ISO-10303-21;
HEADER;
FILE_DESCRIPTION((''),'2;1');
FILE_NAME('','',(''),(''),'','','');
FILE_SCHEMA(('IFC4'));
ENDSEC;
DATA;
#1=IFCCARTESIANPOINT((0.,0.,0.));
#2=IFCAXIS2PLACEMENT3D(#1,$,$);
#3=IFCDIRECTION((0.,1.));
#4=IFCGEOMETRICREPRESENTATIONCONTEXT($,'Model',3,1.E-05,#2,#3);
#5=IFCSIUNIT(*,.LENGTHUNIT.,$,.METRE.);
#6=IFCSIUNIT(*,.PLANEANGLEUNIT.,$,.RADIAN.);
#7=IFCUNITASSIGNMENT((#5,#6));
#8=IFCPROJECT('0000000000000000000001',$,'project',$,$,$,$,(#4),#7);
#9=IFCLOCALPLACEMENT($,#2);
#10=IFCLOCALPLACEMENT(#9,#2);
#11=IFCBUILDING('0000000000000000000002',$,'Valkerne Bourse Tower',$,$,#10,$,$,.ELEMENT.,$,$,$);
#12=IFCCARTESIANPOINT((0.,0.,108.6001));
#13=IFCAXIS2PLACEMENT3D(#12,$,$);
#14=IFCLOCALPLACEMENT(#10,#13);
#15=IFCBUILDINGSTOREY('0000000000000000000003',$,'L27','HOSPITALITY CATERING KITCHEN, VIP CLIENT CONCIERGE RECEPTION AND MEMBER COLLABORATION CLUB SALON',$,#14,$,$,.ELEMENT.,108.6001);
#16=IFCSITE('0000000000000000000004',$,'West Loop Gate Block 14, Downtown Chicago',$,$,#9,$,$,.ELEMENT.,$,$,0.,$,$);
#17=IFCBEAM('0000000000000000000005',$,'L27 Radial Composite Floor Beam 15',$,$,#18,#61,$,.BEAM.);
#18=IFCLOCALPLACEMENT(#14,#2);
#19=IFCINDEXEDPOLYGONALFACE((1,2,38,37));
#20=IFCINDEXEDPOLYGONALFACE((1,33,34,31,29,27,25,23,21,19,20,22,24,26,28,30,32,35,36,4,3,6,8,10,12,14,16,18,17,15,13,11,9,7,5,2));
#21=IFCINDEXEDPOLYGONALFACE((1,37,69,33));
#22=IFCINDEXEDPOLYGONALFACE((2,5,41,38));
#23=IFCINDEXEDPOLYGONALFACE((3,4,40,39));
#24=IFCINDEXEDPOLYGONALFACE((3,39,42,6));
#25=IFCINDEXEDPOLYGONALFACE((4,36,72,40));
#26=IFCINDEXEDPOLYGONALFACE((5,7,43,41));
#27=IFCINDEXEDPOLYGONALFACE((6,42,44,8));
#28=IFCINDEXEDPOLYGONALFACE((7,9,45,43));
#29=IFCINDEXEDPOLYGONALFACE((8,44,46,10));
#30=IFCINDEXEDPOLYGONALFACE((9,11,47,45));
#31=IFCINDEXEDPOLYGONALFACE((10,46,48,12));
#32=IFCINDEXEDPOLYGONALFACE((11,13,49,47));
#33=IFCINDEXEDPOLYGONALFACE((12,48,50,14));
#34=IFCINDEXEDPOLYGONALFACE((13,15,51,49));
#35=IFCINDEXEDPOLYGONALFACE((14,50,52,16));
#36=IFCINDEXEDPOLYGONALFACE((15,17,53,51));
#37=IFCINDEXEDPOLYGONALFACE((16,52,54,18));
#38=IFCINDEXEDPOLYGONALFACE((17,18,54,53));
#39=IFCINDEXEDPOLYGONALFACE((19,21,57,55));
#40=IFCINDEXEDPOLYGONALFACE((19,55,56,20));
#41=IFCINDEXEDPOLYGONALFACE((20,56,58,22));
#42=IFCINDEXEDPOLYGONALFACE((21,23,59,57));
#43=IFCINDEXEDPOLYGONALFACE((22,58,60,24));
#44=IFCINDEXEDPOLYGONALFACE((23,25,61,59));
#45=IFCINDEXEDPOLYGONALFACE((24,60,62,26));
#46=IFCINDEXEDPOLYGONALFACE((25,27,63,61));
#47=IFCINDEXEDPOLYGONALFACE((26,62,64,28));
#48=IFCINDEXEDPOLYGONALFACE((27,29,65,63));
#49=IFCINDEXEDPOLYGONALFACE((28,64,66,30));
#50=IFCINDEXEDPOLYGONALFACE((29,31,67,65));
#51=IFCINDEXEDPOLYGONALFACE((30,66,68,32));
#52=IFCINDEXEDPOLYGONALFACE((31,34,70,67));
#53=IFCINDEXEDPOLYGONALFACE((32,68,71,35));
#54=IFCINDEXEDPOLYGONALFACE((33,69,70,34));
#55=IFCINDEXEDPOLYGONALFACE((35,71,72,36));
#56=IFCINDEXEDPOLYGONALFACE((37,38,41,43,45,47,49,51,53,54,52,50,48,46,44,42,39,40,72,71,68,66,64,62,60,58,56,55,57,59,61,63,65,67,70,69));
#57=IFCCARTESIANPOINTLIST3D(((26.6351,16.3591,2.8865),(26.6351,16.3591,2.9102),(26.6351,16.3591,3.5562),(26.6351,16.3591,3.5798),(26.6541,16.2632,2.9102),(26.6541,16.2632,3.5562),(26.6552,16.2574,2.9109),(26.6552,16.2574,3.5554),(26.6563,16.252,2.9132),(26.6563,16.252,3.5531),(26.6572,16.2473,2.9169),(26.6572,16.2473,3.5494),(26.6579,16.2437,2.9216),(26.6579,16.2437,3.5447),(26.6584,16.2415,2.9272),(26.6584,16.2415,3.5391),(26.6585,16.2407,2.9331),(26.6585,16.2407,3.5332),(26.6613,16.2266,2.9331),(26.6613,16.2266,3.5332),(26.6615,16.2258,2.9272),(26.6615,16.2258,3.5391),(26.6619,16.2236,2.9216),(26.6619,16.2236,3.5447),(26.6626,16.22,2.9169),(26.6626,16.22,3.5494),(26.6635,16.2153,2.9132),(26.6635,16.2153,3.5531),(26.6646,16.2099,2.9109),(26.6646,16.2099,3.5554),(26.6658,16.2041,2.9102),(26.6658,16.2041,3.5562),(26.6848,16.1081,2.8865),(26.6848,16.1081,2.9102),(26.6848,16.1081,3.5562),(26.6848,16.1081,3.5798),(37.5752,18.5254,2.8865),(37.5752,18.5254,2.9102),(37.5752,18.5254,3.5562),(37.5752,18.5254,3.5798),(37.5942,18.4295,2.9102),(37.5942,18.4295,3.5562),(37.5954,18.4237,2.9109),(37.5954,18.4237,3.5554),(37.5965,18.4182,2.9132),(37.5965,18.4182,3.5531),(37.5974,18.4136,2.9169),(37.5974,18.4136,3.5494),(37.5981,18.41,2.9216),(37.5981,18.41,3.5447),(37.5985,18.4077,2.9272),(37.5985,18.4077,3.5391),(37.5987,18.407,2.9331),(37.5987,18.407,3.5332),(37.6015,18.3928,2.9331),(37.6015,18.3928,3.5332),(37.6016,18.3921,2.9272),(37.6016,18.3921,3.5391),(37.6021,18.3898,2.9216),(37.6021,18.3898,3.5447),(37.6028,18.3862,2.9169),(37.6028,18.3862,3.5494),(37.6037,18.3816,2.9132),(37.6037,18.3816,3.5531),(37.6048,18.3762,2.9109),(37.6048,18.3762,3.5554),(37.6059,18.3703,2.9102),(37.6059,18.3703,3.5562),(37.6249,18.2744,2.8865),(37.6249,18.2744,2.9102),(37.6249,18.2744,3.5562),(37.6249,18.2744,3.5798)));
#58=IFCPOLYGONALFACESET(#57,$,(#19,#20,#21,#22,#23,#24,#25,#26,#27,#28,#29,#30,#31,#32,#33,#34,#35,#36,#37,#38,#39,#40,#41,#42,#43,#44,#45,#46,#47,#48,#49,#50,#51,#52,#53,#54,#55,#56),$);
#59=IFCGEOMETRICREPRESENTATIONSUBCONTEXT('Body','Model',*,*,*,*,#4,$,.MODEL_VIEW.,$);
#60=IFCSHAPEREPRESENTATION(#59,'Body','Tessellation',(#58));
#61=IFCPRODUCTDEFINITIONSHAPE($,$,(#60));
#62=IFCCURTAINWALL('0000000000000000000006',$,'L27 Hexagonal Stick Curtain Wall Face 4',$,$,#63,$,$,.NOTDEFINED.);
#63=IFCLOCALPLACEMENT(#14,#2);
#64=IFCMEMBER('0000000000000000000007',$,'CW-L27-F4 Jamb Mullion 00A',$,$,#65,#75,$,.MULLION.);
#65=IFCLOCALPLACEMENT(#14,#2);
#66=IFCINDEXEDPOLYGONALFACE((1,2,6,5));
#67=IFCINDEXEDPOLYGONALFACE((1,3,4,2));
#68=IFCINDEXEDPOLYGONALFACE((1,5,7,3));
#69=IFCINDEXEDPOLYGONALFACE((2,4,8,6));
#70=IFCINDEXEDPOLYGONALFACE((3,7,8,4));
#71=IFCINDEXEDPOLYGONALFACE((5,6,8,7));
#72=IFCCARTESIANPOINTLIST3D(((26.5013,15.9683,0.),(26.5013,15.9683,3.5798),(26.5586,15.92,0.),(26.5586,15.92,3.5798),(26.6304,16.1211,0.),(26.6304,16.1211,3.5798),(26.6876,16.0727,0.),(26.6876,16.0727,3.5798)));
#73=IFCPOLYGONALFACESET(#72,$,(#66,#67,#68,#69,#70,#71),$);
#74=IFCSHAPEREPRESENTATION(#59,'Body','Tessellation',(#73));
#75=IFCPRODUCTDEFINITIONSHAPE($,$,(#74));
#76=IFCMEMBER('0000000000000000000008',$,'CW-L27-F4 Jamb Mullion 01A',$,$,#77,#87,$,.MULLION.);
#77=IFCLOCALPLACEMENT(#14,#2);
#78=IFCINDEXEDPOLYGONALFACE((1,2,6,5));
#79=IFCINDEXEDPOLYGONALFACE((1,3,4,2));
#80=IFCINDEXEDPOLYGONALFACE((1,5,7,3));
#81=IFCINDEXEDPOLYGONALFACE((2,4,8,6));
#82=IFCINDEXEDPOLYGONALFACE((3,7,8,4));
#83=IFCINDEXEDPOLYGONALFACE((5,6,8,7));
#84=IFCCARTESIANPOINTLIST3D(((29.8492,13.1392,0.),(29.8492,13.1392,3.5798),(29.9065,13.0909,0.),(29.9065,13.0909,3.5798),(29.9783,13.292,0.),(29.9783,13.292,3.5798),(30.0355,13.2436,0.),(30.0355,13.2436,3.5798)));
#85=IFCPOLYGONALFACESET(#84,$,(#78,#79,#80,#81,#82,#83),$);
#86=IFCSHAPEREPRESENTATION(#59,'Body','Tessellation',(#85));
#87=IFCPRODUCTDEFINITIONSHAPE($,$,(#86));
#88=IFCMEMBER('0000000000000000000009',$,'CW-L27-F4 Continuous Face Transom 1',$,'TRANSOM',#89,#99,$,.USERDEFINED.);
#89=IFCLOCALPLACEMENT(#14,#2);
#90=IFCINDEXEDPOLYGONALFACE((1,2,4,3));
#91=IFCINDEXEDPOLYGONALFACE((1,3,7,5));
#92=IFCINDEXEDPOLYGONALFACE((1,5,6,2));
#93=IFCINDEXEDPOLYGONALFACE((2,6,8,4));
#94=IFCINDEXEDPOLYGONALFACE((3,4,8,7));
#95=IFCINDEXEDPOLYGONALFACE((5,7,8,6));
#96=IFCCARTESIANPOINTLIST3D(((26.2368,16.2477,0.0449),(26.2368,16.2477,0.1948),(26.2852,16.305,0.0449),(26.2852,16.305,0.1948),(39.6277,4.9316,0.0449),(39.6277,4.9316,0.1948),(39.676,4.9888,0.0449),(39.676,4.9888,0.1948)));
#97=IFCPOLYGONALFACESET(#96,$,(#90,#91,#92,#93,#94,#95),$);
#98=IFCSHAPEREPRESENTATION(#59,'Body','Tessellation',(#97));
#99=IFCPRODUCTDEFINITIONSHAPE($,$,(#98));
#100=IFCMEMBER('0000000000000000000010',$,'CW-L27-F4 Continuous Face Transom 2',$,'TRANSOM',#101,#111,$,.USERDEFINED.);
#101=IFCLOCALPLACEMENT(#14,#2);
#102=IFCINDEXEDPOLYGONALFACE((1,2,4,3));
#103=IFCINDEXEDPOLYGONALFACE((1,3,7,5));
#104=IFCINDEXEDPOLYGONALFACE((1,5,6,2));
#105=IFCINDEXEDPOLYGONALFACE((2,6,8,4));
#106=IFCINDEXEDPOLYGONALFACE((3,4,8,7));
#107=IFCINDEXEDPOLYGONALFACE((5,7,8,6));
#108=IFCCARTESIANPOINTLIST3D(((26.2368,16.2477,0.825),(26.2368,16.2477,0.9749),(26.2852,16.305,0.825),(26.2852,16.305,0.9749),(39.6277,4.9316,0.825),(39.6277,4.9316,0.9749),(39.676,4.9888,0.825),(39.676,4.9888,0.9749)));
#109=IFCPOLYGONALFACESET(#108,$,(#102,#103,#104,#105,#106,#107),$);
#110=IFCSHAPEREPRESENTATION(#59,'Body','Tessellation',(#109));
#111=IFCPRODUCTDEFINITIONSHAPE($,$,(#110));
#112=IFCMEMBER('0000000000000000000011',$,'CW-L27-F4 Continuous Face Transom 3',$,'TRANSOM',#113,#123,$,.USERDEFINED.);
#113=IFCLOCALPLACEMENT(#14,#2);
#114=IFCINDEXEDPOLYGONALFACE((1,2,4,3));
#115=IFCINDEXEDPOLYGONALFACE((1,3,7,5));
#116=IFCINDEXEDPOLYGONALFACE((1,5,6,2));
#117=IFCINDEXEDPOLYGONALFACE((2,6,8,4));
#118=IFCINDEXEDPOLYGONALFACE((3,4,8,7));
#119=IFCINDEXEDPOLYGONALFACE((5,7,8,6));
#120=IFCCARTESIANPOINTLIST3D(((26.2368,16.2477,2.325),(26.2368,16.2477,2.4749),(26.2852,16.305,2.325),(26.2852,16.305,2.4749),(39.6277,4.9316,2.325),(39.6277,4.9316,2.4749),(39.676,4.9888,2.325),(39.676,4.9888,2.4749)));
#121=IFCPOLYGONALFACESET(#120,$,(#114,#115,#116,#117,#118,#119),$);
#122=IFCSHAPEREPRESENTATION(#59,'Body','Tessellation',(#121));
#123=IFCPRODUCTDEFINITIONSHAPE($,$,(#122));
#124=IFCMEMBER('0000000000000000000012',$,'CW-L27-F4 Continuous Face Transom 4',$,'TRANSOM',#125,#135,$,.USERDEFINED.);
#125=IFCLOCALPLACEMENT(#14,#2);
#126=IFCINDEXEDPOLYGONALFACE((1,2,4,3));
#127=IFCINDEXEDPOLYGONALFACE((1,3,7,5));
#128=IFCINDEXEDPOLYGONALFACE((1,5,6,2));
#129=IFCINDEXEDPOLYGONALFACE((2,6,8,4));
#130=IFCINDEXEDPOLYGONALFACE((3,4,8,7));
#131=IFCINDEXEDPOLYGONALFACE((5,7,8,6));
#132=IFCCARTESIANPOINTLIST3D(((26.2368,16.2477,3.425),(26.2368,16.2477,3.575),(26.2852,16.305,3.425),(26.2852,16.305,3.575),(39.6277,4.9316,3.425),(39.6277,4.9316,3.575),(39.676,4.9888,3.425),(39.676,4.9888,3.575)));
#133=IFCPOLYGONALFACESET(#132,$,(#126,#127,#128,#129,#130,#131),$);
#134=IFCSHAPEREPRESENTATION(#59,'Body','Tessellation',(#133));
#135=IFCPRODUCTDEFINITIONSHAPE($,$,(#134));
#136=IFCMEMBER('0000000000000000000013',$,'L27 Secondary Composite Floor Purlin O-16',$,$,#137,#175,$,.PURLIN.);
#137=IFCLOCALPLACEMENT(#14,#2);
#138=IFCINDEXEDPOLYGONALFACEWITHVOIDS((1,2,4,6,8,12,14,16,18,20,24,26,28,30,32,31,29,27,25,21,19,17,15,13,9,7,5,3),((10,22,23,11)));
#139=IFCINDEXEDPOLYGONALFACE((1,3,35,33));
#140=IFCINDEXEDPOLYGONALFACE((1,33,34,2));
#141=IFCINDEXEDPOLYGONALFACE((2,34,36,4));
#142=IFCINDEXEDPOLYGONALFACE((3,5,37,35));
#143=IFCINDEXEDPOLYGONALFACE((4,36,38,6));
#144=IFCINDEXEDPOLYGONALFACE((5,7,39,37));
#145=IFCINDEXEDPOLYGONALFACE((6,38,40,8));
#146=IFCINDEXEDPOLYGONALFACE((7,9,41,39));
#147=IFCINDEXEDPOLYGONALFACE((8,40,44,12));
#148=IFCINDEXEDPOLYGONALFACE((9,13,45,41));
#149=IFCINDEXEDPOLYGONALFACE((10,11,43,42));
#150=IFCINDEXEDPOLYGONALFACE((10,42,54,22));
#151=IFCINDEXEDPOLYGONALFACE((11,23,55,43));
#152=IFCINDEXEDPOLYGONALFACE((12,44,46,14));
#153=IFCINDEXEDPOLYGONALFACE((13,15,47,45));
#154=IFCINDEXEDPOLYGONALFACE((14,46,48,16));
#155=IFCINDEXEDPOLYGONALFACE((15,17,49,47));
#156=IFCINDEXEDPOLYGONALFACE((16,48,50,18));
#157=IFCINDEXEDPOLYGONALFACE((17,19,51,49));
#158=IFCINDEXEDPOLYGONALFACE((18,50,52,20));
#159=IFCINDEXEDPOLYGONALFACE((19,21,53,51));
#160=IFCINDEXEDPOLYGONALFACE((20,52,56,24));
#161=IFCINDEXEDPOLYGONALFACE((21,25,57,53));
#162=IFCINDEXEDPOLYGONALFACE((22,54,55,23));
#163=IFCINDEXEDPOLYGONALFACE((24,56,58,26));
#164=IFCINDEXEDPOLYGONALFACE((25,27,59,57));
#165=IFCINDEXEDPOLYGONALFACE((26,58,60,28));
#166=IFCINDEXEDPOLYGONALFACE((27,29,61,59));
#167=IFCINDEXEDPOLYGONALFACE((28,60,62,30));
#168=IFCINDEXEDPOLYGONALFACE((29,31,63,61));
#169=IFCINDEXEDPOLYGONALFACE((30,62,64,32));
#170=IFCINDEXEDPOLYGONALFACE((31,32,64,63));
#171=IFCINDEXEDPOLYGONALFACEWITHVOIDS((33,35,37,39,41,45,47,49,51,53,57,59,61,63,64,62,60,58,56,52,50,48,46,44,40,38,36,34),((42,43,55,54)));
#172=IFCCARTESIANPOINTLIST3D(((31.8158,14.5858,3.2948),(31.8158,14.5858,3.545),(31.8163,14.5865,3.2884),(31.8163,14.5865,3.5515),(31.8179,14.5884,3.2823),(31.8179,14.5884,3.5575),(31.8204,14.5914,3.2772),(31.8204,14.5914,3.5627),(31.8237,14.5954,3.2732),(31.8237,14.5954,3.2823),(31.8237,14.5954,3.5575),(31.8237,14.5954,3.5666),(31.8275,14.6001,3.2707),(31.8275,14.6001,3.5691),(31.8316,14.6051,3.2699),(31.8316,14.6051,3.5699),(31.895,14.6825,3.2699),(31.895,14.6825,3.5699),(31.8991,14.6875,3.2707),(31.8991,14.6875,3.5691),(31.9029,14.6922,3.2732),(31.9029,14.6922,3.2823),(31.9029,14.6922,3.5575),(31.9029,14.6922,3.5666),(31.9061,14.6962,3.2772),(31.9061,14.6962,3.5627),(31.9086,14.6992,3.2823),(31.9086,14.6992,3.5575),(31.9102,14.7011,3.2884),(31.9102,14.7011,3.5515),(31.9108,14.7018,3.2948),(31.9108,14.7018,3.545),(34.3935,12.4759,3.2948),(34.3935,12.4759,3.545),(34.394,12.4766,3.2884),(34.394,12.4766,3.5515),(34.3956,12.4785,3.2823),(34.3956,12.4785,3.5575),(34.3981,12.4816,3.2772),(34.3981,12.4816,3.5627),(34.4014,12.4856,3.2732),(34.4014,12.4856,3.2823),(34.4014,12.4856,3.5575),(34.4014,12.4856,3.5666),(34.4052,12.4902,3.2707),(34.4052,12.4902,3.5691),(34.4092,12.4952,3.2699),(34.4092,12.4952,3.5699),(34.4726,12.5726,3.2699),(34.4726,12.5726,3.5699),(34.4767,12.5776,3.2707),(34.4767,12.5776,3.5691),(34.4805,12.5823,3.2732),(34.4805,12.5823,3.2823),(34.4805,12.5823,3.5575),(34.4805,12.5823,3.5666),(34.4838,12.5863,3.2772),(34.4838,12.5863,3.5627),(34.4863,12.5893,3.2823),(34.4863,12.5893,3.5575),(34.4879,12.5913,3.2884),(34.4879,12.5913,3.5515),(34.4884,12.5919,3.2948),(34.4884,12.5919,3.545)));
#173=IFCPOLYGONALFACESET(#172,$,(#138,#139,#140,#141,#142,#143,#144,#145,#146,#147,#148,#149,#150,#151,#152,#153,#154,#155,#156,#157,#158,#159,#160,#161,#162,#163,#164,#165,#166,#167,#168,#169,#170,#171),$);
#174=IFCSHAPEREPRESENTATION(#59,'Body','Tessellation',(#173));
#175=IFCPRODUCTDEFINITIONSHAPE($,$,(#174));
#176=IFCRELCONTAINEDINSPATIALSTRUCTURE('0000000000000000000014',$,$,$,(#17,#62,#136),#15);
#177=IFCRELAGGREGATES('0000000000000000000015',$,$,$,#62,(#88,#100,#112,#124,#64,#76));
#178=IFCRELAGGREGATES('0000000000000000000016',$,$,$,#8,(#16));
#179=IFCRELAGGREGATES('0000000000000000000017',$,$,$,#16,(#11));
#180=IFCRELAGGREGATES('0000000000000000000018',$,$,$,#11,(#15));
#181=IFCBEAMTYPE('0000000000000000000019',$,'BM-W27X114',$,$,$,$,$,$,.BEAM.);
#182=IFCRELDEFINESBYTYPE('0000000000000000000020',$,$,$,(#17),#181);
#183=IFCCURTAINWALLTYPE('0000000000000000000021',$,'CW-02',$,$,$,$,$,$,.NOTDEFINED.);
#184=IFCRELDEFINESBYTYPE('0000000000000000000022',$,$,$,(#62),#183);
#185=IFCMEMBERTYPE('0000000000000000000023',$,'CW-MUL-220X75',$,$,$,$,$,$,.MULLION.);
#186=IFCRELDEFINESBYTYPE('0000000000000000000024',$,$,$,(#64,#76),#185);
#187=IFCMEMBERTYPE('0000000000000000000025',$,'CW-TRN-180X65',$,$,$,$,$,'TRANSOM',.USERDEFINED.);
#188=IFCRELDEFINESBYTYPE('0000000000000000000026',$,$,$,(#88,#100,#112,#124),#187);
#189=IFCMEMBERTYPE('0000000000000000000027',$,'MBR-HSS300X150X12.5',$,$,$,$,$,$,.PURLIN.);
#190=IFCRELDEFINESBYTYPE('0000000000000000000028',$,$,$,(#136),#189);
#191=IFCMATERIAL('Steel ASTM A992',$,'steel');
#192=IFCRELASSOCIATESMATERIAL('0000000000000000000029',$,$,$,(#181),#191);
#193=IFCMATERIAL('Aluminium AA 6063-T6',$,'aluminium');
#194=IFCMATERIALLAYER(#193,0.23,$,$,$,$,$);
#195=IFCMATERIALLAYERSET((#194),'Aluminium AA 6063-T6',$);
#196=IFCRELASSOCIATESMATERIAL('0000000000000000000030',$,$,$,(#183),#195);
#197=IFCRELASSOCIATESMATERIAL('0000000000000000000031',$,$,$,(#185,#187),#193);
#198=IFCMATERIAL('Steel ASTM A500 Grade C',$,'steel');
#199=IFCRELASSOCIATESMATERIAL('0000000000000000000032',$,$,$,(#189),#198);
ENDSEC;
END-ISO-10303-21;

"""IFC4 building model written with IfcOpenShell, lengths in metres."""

from ifc_helpers import new_model, si_unit, direction, frame, origin, origin_2d, place, context, subcontext, project, spatial, rectangle, hollow_rectangle, i_section, extrude, material, layer, layer_set, material_profile, profile_set, type_object, element, aggregate, save


model = new_model("IFC4")

# Units and contexts
model_context = context("Model", 3, precision=1e-05, world=origin(), true_north=direction((0.0, 1.0)))
body_context = subcontext(model_context, "Body", "Model", "MODEL_VIEW")
ifc_project = project(units=[si_unit("LENGTHUNIT", "METRE"), si_unit("PLANEANGLEUNIT", "RADIAN")], contexts=[model_context])

# Site, building, storey
site_placement = place(None, origin())
site = spatial("IfcSite", under=ifc_project, at=site_placement, Name="West Loop Gate Block 14, Downtown Chicago", CompositionType="ELEMENT", RefElevation=0.0)
building_placement = place(site_placement, origin())
building = spatial("IfcBuilding", under=site, at=building_placement, Name="Valkerne Bourse Tower", CompositionType="ELEMENT")
storey_placement = place(building_placement, frame((0.0, 0.0, 108.6001)))
storey = spatial("IfcBuildingStorey", under=building, at=storey_placement, Name="L27", Description="HOSPITALITY CATERING KITCHEN, VIP CLIENT CONCIERGE RECEPTION AND MEMBER COLLABORATION CLUB SALON", CompositionType="ELEMENT", Elevation=108.6001)

# Beam
ifc_material_1 = material(Name="Steel ASTM A992", Category="steel")
ifc_material_profile_1 = material_profile(ifc_material_1, i_section(OverallWidth=0.2559, OverallDepth=0.6934, WebThickness=0.0144, FlangeThickness=0.0237, FilletRadius=0.0229, at=origin_2d()), Name="W27X114")
ifc_profile_set_1 = profile_set([ifc_material_profile_1], Name="Steel ASTM A992")
beam_type_1 = type_object("IfcBeamType", Name="BM-W27X114", PredefinedType="BEAM", material=ifc_profile_set_1)
beam_1_placement = place(storey_placement, frame((26.6599, 16.2336, 3.2332), z_axis=(0.980954, 0.194238, 0.0), x_axis=(-0.194238, 0.980954, 0.0)))
element("IfcBeam", 1, at=beam_1_placement, inside=storey, type_object=beam_type_1, Name="L27 Radial Composite Floor Beam 15", PredefinedType="BEAM", context=body_context, shape_type="SweptSolid", body=[
    extrude(i_section(OverallWidth=0.2559, OverallDepth=0.6934, WebThickness=0.0144, FlangeThickness=0.0237, FilletRadius=0.0229, at=origin_2d()), origin(), (0.0, 0.0, 1.0), 11.1526),
])

# Curtain wall, members
ifc_material_2 = material(Name="Aluminium AA 6063-T6", Category="aluminium")
ifc_layer_1 = layer(ifc_material_2, 0.23)
ifc_layer_set_1 = layer_set([ifc_layer_1], Name="Aluminium AA 6063-T6")
curtain_wall_type = type_object("IfcCurtainWallType", Name="CW-02", PredefinedType="NOTDEFINED", material=ifc_layer_set_1)
curtain_wall_placement = place(storey_placement, origin())
curtain_wall = element("IfcCurtainWall", 2, at=curtain_wall_placement, inside=storey, type_object=curtain_wall_type, Name="L27 Hexagonal Stick Curtain Wall Face 4", PredefinedType="NOTDEFINED")
ifc_material_profile_2 = material_profile(ifc_material_2, rectangle(XDim=0.075, YDim=0.2, at=origin_2d()), Name="CWM-75X200")
ifc_profile_set_2 = profile_set([ifc_material_profile_2], Name="Aluminium AA 6063-T6")
member_type_1 = type_object("IfcMemberType", Name="CW-MUL-220X75", PredefinedType="MULLION", material=ifc_profile_set_2)
member_1_placement = place(storey_placement, frame((26.5945, 16.0205, 0.0), z_axis=(0.0, 0.0, 1.0), x_axis=(0.763797, -0.645456, 0.0)))
member_1 = element("IfcMember", 3, at=member_1_placement, type_object=member_type_1, Name="CW-L27-F4 Jamb Mullion 00A", PredefinedType="MULLION", context=body_context, shape_type="SweptSolid", body=[
    extrude(rectangle(XDim=0.075, YDim=0.2, at=origin_2d()), origin(), (0.0, 0.0, 1.0), 3.5798),
])
member_2_placement = place(storey_placement, frame((29.9424, 13.1914, 0.0), z_axis=(0.0, 0.0, 1.0), x_axis=(0.763799, -0.645454, 0.0)))
member_2 = element("IfcMember", 4, at=member_2_placement, type_object=member_type_1, Name="CW-L27-F4 Jamb Mullion 01A", PredefinedType="MULLION", context=body_context, shape_type="SweptSolid", body=[
    extrude(rectangle(XDim=0.075, YDim=0.2, at=origin_2d()), origin(), (0.0, 0.0, 1.0), 3.5798),
])
ifc_material_profile_3 = material_profile(ifc_material_2, rectangle(XDim=0.075, YDim=0.1499, at=origin_2d()), Name="CWT-75X150")
ifc_profile_set_3 = profile_set([ifc_material_profile_3], Name="Aluminium AA 6063-T6")
member_type_2 = type_object("IfcMemberType", Name="CW-TRN-180X65", ElementType="TRANSOM", PredefinedType="USERDEFINED", material=ifc_profile_set_3)
member_3_placement = place(storey_placement, frame((26.261, 16.2764, 0.1199), z_axis=(0.763796, -0.645458, 0.0), x_axis=(0.645458, 0.763796, 0.0)))
member_3 = element("IfcMember", 5, at=member_3_placement, type_object=member_type_2, Name="CW-L27-F4 Continuous Face Transom 1", ObjectType="TRANSOM", PredefinedType="USERDEFINED", context=body_context, shape_type="SweptSolid", body=[
    extrude(rectangle(XDim=0.075, YDim=0.1499, at=origin_2d()), origin(), (0.0, 0.0, 1.0), 17.532),
])
member_4_placement = place(storey_placement, frame((26.261, 16.2764, 0.8999), z_axis=(0.763796, -0.645458, 0.0), x_axis=(0.645458, 0.763796, 0.0)))
member_4 = element("IfcMember", 6, at=member_4_placement, type_object=member_type_2, Name="CW-L27-F4 Continuous Face Transom 2", ObjectType="TRANSOM", PredefinedType="USERDEFINED", context=body_context, shape_type="SweptSolid", body=[
    extrude(rectangle(XDim=0.075, YDim=0.1499, at=origin_2d()), origin(), (0.0, 0.0, 1.0), 17.532),
])
member_5_placement = place(storey_placement, frame((26.261, 16.2764, 2.3999), z_axis=(0.763796, -0.645458, 0.0), x_axis=(0.645458, 0.763796, 0.0)))
member_5 = element("IfcMember", 7, at=member_5_placement, type_object=member_type_2, Name="CW-L27-F4 Continuous Face Transom 3", ObjectType="TRANSOM", PredefinedType="USERDEFINED", context=body_context, shape_type="SweptSolid", body=[
    extrude(rectangle(XDim=0.075, YDim=0.1499, at=origin_2d()), origin(), (0.0, 0.0, 1.0), 17.532),
])
member_6_placement = place(storey_placement, frame((26.261, 16.2764, 3.5), z_axis=(0.763796, -0.645458, 0.0), x_axis=(0.645458, 0.763796, 0.0)))
member_6 = element("IfcMember", 8, at=member_6_placement, type_object=member_type_2, Name="CW-L27-F4 Continuous Face Transom 4", ObjectType="TRANSOM", PredefinedType="USERDEFINED", context=body_context, shape_type="SweptSolid", body=[
    extrude(rectangle(XDim=0.075, YDim=0.1499, at=origin_2d()), origin(), (0.0, 0.0, 1.0), 17.532),
])

# Member
ifc_material_3 = material(Name="Steel ASTM A500 Grade C", Category="steel")
ifc_material_profile_4 = material_profile(ifc_material_3, hollow_rectangle(XDim=0.1499, YDim=0.3, WallThickness=0.0125, OuterFilletRadius=0.0249, at=origin_2d()), Name="HSS300X150X12.5")
ifc_profile_set_4 = profile_set([ifc_material_profile_4], Name="Steel ASTM A500 Grade C")
member_type_3 = type_object("IfcMemberType", Name="MBR-HSS300X150X12.5", PredefinedType="PURLIN", material=ifc_profile_set_4)
member_7_placement = place(storey_placement, frame((31.8633, 14.6438, 3.4199), z_axis=(0.773827, -0.633397, 0.0), x_axis=(0.633397, 0.773827, 0.0)))
element("IfcMember", 9, at=member_7_placement, inside=storey, type_object=member_type_3, Name="L27 Secondary Composite Floor Purlin O-16", PredefinedType="PURLIN", context=body_context, shape_type="SweptSolid", body=[
    extrude(hollow_rectangle(XDim=0.1499, YDim=0.3, WallThickness=0.0125, OuterFilletRadius=0.0249, at=origin_2d()), origin(), (0.0, 0.0, 1.0), 3.3311),
])

aggregate(curtain_wall, [member_3, member_4, member_5, member_6, member_1, member_2])

save(model, "model.ifc")
